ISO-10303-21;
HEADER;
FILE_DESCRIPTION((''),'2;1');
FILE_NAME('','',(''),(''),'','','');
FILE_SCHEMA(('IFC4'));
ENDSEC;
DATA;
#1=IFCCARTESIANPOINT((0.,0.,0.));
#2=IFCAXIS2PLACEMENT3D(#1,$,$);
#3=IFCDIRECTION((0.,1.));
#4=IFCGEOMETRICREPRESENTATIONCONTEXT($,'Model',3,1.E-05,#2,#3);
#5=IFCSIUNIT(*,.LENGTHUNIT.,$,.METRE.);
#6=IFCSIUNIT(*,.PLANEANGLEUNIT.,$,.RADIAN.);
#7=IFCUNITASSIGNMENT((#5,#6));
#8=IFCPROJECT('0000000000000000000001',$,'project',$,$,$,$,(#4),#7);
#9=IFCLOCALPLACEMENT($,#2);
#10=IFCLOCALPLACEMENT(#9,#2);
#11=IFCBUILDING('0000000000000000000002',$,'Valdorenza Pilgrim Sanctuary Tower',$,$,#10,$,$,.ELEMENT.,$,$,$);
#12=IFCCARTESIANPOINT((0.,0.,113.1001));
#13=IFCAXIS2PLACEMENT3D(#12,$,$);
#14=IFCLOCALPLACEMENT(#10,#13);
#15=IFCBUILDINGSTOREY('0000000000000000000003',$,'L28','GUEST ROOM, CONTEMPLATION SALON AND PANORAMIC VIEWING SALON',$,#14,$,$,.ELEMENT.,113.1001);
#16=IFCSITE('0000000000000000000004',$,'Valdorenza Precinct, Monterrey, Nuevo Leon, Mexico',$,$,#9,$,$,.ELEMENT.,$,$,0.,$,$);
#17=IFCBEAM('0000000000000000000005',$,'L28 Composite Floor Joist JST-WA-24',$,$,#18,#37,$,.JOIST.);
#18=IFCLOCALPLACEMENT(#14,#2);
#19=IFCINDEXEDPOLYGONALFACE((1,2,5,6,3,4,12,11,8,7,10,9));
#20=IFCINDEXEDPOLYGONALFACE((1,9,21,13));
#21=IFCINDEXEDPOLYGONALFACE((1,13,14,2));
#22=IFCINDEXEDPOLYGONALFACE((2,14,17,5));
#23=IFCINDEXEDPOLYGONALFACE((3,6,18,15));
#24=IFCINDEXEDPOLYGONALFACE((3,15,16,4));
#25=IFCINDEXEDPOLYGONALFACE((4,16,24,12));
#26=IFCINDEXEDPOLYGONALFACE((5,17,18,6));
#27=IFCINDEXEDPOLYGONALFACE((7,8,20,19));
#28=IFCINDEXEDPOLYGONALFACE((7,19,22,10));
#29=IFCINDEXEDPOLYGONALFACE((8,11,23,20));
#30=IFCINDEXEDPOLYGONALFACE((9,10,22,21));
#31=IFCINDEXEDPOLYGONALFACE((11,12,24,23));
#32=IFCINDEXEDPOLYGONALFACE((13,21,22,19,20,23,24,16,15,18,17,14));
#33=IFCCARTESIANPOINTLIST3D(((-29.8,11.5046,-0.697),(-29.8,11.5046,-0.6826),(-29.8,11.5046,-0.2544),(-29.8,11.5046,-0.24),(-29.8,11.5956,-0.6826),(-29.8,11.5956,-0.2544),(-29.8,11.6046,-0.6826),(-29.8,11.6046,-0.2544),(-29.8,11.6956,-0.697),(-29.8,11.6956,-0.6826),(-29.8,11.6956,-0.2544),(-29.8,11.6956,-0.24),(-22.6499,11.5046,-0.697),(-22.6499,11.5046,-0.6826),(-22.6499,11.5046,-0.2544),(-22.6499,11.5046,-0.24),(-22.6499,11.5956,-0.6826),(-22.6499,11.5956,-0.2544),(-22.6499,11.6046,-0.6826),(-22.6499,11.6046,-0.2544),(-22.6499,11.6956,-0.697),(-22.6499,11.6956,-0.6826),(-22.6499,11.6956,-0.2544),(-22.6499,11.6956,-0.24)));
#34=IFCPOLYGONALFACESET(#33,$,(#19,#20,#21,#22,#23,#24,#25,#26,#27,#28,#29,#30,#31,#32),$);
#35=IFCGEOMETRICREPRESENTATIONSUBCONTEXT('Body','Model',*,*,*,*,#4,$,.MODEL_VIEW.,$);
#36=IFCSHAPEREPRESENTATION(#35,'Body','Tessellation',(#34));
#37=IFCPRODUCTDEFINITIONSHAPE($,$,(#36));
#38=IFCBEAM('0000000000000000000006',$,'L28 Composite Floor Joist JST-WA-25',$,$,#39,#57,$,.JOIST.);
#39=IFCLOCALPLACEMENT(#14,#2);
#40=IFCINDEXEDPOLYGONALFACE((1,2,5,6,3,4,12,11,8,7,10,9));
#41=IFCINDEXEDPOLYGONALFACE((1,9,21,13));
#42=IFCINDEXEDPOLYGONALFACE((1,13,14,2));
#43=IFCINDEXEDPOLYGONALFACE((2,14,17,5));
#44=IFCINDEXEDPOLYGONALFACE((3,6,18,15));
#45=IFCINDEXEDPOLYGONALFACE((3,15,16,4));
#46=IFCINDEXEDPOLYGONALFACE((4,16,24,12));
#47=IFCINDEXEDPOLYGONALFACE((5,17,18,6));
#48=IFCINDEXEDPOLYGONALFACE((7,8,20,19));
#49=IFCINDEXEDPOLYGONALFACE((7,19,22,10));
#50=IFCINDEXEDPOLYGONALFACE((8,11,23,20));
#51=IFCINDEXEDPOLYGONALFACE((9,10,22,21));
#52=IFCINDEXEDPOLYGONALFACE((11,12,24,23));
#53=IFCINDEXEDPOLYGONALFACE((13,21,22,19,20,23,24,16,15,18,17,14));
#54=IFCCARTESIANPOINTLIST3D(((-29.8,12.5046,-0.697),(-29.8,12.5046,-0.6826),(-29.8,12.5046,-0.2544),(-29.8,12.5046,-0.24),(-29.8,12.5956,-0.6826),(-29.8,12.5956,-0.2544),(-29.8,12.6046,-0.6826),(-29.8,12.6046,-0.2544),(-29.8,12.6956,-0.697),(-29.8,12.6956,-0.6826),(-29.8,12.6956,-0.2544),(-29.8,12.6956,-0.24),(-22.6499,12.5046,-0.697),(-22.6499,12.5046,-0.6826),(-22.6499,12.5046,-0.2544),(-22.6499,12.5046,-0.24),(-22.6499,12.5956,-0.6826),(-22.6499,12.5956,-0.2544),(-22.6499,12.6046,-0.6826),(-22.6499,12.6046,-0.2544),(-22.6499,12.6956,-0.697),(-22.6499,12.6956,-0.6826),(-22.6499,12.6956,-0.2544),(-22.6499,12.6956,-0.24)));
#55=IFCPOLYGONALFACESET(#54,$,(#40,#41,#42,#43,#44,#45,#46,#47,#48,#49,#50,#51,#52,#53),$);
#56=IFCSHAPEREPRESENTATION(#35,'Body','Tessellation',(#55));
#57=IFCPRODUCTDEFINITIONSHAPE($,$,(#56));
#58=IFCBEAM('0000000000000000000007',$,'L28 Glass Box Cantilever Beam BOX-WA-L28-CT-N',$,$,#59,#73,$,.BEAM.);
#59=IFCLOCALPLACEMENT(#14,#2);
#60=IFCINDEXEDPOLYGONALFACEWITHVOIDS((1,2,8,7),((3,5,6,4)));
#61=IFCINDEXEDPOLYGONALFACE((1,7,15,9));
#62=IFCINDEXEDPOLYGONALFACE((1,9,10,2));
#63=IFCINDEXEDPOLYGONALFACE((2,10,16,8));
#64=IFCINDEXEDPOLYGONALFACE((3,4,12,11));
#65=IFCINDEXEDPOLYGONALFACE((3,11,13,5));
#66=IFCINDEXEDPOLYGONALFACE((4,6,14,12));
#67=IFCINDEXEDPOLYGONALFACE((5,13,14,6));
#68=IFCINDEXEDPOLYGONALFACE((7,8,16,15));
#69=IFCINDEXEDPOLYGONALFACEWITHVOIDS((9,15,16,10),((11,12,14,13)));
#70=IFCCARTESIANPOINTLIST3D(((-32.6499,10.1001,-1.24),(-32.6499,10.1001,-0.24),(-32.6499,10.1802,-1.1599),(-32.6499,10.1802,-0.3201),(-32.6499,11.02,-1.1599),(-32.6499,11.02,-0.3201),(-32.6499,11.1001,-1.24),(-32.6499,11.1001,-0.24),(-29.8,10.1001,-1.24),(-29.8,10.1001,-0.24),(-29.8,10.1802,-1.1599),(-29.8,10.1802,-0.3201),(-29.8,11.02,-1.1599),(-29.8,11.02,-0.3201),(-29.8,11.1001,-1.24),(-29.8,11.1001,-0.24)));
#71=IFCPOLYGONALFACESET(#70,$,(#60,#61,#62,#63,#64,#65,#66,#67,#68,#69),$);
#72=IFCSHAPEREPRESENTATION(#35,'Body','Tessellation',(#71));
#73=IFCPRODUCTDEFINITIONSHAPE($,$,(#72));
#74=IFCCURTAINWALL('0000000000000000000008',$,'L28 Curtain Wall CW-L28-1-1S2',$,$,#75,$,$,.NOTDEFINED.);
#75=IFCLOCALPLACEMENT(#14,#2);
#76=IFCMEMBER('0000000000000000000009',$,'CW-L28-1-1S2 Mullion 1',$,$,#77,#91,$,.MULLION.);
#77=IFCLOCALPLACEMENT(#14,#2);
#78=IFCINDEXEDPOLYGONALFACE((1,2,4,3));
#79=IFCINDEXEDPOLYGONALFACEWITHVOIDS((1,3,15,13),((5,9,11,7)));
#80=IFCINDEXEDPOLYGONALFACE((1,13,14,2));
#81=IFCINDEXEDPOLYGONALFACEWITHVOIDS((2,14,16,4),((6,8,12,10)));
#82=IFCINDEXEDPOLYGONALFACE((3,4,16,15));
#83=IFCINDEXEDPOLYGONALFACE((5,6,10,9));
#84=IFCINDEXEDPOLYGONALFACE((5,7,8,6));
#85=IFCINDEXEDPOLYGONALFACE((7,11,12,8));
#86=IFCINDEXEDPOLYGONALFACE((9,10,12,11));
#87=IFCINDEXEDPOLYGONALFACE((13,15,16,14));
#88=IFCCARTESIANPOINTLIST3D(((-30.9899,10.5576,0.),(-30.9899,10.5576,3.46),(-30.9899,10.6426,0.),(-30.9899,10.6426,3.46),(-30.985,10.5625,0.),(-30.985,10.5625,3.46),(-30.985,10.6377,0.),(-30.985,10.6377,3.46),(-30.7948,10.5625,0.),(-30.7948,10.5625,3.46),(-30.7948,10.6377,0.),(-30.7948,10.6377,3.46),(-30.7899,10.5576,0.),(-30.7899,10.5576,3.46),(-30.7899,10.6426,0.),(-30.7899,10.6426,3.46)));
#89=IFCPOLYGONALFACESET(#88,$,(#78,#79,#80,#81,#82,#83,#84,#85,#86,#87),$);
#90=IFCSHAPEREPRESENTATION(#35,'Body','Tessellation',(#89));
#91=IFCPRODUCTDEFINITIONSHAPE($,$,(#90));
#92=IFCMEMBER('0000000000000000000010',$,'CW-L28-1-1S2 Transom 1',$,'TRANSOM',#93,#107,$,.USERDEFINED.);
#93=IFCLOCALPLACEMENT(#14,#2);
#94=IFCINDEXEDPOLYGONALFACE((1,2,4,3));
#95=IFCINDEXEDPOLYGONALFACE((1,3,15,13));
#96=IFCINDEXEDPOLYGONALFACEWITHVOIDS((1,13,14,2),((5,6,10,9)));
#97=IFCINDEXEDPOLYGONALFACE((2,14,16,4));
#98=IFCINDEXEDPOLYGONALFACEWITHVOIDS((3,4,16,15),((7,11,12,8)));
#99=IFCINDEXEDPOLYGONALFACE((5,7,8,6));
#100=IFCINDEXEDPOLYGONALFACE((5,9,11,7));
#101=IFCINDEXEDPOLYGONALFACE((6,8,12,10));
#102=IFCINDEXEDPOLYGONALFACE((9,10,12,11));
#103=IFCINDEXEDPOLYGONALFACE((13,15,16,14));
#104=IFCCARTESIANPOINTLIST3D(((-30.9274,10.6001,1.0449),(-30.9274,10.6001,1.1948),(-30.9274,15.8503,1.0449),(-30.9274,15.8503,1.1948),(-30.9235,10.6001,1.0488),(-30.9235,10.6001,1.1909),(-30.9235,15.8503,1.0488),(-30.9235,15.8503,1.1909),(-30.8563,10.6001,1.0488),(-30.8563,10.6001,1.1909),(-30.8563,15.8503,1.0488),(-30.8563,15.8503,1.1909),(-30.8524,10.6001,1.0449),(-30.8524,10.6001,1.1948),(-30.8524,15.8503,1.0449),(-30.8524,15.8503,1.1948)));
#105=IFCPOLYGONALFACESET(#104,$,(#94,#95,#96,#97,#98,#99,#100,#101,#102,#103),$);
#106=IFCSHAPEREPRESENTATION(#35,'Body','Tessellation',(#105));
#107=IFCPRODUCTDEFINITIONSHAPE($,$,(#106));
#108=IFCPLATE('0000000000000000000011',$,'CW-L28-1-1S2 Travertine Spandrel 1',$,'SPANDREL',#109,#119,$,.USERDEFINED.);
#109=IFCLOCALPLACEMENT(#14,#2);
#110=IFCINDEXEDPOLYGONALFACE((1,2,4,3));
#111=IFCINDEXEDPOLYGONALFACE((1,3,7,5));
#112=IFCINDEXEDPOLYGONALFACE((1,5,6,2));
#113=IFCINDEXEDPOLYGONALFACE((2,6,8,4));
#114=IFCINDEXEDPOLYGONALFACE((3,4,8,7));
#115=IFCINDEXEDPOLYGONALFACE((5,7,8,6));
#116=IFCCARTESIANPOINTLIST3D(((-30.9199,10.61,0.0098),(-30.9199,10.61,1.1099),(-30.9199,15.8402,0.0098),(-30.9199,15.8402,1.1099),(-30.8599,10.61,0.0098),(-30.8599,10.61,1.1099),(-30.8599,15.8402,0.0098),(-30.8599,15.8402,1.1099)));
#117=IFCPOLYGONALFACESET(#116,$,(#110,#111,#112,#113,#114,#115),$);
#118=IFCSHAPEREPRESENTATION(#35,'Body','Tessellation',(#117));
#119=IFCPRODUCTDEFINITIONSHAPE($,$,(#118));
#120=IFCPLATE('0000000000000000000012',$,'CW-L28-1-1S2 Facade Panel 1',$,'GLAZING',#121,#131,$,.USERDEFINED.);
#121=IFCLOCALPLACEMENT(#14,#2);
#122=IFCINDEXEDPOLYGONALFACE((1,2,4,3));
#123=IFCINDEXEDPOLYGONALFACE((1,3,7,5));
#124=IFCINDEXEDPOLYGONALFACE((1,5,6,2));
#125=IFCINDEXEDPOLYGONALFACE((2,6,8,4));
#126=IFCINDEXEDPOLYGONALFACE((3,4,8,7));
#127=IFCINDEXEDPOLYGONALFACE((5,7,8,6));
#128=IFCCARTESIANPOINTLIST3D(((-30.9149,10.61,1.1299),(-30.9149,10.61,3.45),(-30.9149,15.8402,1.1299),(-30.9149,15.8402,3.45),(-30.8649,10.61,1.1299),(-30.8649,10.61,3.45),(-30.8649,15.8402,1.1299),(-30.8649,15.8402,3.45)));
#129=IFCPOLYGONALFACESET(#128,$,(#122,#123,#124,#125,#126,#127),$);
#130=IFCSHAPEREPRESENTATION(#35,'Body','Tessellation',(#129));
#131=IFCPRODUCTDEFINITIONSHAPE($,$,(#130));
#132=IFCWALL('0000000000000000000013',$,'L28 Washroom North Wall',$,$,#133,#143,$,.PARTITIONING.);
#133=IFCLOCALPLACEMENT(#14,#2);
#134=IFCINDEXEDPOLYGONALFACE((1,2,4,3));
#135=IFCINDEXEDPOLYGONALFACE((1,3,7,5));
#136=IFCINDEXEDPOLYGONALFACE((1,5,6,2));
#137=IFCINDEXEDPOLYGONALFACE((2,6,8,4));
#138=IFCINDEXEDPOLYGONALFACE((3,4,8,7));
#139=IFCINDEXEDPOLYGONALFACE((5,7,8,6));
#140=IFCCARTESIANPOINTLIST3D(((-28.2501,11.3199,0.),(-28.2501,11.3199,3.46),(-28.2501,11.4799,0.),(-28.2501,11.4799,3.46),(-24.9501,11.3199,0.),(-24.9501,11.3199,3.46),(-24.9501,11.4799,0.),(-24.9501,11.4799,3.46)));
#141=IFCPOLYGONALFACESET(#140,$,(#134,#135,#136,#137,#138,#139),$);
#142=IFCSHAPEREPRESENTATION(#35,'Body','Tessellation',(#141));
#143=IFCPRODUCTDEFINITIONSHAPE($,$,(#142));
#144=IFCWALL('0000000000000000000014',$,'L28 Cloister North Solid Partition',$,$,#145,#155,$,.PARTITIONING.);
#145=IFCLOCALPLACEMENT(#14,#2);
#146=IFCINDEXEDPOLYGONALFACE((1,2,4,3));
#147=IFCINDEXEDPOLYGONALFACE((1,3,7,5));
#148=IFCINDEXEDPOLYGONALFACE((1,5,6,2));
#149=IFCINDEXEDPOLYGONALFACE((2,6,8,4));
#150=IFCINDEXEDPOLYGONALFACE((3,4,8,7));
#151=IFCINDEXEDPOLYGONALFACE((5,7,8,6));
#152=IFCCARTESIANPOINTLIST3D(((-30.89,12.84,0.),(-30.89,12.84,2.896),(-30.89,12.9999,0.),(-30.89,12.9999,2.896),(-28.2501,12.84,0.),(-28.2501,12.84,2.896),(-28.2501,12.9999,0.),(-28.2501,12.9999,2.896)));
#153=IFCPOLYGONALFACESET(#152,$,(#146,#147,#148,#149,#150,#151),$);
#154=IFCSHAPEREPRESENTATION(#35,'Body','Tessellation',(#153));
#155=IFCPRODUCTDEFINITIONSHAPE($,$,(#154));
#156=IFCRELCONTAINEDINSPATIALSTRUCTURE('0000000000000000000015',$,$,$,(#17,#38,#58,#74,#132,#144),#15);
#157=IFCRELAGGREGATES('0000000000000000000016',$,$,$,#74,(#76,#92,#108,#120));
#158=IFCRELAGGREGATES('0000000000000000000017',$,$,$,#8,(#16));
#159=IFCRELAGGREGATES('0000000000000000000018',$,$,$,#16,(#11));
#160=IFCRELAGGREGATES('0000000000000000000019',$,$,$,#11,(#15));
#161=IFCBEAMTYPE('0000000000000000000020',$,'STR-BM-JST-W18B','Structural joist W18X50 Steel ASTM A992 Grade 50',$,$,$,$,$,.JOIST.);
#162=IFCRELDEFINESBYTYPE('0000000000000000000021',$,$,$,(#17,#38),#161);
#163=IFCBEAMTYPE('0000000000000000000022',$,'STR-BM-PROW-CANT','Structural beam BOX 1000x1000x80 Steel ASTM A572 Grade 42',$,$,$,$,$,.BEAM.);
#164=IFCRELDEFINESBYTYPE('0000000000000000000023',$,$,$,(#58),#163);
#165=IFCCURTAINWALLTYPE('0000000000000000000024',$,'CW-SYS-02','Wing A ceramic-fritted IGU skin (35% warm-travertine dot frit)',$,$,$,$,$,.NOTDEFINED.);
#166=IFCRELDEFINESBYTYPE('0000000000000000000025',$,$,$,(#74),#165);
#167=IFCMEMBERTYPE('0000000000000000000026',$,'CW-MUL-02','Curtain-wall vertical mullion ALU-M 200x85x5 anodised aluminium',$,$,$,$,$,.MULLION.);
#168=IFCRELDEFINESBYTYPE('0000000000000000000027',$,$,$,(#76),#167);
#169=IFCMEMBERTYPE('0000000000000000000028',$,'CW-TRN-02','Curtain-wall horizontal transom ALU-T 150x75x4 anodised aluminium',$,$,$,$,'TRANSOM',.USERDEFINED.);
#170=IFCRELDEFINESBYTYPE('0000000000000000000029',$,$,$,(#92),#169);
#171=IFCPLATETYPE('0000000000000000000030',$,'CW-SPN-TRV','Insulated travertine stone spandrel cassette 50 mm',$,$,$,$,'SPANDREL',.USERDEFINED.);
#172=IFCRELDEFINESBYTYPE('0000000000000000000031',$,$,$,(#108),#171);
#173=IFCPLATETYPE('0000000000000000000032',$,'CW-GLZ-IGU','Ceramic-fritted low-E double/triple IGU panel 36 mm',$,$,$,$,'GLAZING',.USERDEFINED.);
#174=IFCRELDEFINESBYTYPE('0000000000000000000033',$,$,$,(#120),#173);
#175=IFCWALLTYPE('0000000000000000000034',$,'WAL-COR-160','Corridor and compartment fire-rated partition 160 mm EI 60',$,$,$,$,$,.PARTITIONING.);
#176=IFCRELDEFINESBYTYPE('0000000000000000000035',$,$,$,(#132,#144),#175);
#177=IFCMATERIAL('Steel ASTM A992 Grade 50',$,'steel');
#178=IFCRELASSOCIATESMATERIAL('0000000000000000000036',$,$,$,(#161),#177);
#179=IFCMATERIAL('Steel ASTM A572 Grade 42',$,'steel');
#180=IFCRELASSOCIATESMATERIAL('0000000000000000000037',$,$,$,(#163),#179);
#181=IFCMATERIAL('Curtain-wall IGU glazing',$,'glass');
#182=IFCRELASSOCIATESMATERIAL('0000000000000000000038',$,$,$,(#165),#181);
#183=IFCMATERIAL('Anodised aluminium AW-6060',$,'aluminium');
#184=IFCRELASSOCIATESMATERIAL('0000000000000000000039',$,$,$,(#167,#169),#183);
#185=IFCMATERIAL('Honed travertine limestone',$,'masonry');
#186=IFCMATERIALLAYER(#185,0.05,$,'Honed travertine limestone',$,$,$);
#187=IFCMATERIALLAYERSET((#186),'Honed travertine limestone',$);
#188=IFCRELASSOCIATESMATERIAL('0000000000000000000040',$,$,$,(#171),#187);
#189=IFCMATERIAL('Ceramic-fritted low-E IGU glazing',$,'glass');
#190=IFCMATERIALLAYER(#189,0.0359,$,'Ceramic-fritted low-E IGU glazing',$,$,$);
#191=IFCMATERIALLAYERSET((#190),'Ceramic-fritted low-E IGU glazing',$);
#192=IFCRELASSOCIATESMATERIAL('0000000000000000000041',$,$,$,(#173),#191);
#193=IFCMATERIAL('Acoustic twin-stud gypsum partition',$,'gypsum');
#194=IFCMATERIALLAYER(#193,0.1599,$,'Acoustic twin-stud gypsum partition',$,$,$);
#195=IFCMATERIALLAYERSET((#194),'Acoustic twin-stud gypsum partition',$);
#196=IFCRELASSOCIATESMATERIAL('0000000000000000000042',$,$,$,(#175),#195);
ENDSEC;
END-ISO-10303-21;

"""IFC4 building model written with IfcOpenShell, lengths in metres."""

from ifc_helpers import new_model, si_unit, direction, frame, frame_2d, origin, origin_2d, place, context, subcontext, project, spatial, rectangle, hollow_rectangle, i_section, extrude, source, transform, mapped, material, layer, layer_set, material_profile, profile_set, type_object, element, aggregate, save


model = new_model("IFC4")

# Units and contexts
model_context = context("Model", 3, precision=1e-05, world=origin(), true_north=direction((0.0, 1.0)))
body_context = subcontext(model_context, "Body", "Model", "MODEL_VIEW")
ifc_project = project(units=[si_unit("LENGTHUNIT", "METRE"), si_unit("PLANEANGLEUNIT", "RADIAN")], contexts=[model_context])

# Site, building, storey
site_placement = place(None, origin())
site = spatial("IfcSite", under=ifc_project, at=site_placement, Name="Valdorenza Precinct, Monterrey, Nuevo Leon, Mexico", CompositionType="ELEMENT", RefElevation=0.0)
building_placement = place(site_placement, origin())
building = spatial("IfcBuilding", under=site, at=building_placement, Name="Valdorenza Pilgrim Sanctuary Tower", CompositionType="ELEMENT")
storey_placement = place(building_placement, frame((0.0, 0.0, 113.1001)))
storey = spatial("IfcBuildingStorey", under=building, at=storey_placement, Name="L28", Description="GUEST ROOM, CONTEMPLATION SALON AND PANORAMIC VIEWING SALON", CompositionType="ELEMENT", Elevation=113.1001)

# Beams
ifc_material_1 = material(Name="Steel ASTM A992 Grade 50", Category="steel")
ifc_material_profile_1 = material_profile(ifc_material_1, i_section(OverallWidth=0.1909, OverallDepth=0.457, WebThickness=0.009, FlangeThickness=0.0144, at=origin_2d()), Name="W18X50")
ifc_profile_set_1 = profile_set([ifc_material_profile_1], Name="Steel ASTM A992 Grade 50")
beam_type_1 = type_object("IfcBeamType", Name="STR-BM-JST-W18B", Description="Structural joist W18X50 Steel ASTM A992 Grade 50", PredefinedType="JOIST", material=ifc_profile_set_1)
shared_shape_1 = source(origin(), body_context, "Body", "SweptSolid", [
    extrude(i_section(OverallWidth=0.1909, OverallDepth=0.457, WebThickness=0.009, FlangeThickness=0.0144, at=origin_2d()), origin(), (0.0, 0.0, 1.0), 7.1501),
])
for number, where, z_axis, x_axis, name in (
    (1, (-29.8, 11.6001, -0.4685), (1.0, 0.0, 0.0), (0.0, 1.0, 0.0), "L28 Composite Floor Joist JST-WA-24"),
    (2, (-29.8, 12.6001, -0.4685), (1.0, 0.0, 0.0), (0.0, 1.0, 0.0), "L28 Composite Floor Joist JST-WA-25"),
):
    element("IfcBeam", number, at=place(storey_placement, frame(where, z_axis=z_axis, x_axis=x_axis)), inside=storey, type_object=beam_type_1, Name=name, PredefinedType="JOIST", context=body_context, shape_type="MappedRepresentation", body=[
        mapped(shared_shape_1, transform((0.0, 0.0, 0.0), x_axis=(1.0, 0.0, 0.0), y_axis=(0.0, 1.0, 0.0), z_axis=(0.0, 0.0, 1.0), scale=1.0)),
    ])
ifc_material_2 = material(Name="Steel ASTM A572 Grade 42", Category="steel")
ifc_material_profile_2 = material_profile(ifc_material_2, hollow_rectangle(XDim=1.0, YDim=1.0, WallThickness=0.0801, at=origin_2d()), Name="BOX 1000x1000x80")
ifc_profile_set_2 = profile_set([ifc_material_profile_2], Name="Steel ASTM A572 Grade 42")
beam_type_2 = type_object("IfcBeamType", Name="STR-BM-PROW-CANT", Description="Structural beam BOX 1000x1000x80 Steel ASTM A572 Grade 42", PredefinedType="BEAM", material=ifc_profile_set_2)
shared_shape_2 = source(origin(), body_context, "Body", "SweptSolid", [
    extrude(hollow_rectangle(XDim=1.0, YDim=1.0, WallThickness=0.0801, at=origin_2d()), origin(), (0.0, 0.0, 1.0), 2.8499),
])
beam_1_placement = place(storey_placement, frame((-29.8, 10.6001, -0.74), z_axis=(-1.0, 0.0, 0.0), x_axis=(0.0, -1.0, 0.0)))
element("IfcBeam", 3, at=beam_1_placement, inside=storey, type_object=beam_type_2, Name="L28 Glass Box Cantilever Beam BOX-WA-L28-CT-N", PredefinedType="BEAM", context=body_context, shape_type="MappedRepresentation", body=[
    mapped(shared_shape_2, transform((0.0, 0.0, 0.0), x_axis=(1.0, 0.0, 0.0), y_axis=(0.0, 1.0, 0.0), z_axis=(0.0, 0.0, 1.0), scale=1.0)),
])

# Curtain wall, members, plates
ifc_material_3 = material(Name="Curtain-wall IGU glazing", Category="glass")
curtain_wall_type = type_object("IfcCurtainWallType", Name="CW-SYS-02", Description="Wing A ceramic-fritted IGU skin (35% warm-travertine dot frit)", PredefinedType="NOTDEFINED", material=ifc_material_3)
curtain_wall_placement = place(storey_placement, origin())
curtain_wall = element("IfcCurtainWall", 4, at=curtain_wall_placement, inside=storey, type_object=curtain_wall_type, Name="L28 Curtain Wall CW-L28-1-1S2", PredefinedType="NOTDEFINED")
ifc_material_4 = material(Name="Anodised aluminium AW-6060", Category="aluminium")
ifc_material_profile_3 = material_profile(ifc_material_4, hollow_rectangle(XDim=0.085, YDim=0.2, WallThickness=0.0049, at=origin_2d()), Name="ALU-M 200x85x5")
ifc_profile_set_3 = profile_set([ifc_material_profile_3], Name="Anodised aluminium AW-6060")
member_type_1 = type_object("IfcMemberType", Name="CW-MUL-02", Description="Curtain-wall vertical mullion ALU-M 200x85x5 anodised aluminium", PredefinedType="MULLION", material=ifc_profile_set_3)
shared_shape_3 = source(origin(), body_context, "Body", "SweptSolid", [
    extrude(hollow_rectangle(XDim=0.085, YDim=0.2, WallThickness=0.0049, at=origin_2d()), origin(), (0.0, 0.0, 1.0), 3.46),
])
member_1_placement = place(storey_placement, frame((-30.8899, 10.6001, 0.0), z_axis=(0.0, 0.0, 1.0), x_axis=(0.0, 1.0, 0.0)))
member_1 = element("IfcMember", 5, at=member_1_placement, type_object=member_type_1, Name="CW-L28-1-1S2 Mullion 1", PredefinedType="MULLION", context=body_context, shape_type="MappedRepresentation", body=[
    mapped(shared_shape_3, transform((0.0, 0.0, 0.0), x_axis=(1.0, 0.0, 0.0), y_axis=(0.0, 1.0, 0.0), z_axis=(0.0, 0.0, 1.0), scale=1.0)),
])
ifc_material_profile_4 = material_profile(ifc_material_4, hollow_rectangle(XDim=0.075, YDim=0.1499, WallThickness=0.0039, at=origin_2d()), Name="ALU-T 150x75x4")
ifc_profile_set_4 = profile_set([ifc_material_profile_4], Name="Anodised aluminium AW-6060")
member_type_2 = type_object("IfcMemberType", Name="CW-TRN-02", Description="Curtain-wall horizontal transom ALU-T 150x75x4 anodised aluminium", ElementType="TRANSOM", PredefinedType="USERDEFINED", material=ifc_profile_set_4)
shared_shape_4 = source(origin(), body_context, "Body", "SweptSolid", [
    extrude(hollow_rectangle(XDim=0.075, YDim=0.1499, WallThickness=0.0039, at=origin_2d()), origin(), (0.0, 0.0, 1.0), 5.2502),
])
member_2_placement = place(storey_placement, frame((-30.8899, 10.6001, 1.1199), z_axis=(0.0, 1.0, 0.0), x_axis=(-1.0, 0.0, 0.0)))
member_2 = element("IfcMember", 6, at=member_2_placement, type_object=member_type_2, Name="CW-L28-1-1S2 Transom 1", ObjectType="TRANSOM", PredefinedType="USERDEFINED", context=body_context, shape_type="MappedRepresentation", body=[
    mapped(shared_shape_4, transform((0.0, 0.0, 0.0), x_axis=(1.0, 0.0, 0.0), y_axis=(0.0, 1.0, 0.0), z_axis=(0.0, 0.0, 1.0), scale=1.0)),
])
ifc_material_5 = material(Name="Honed travertine limestone", Category="masonry")
ifc_layer_1 = layer(ifc_material_5, 0.05, Name="Honed travertine limestone")
ifc_layer_set_1 = layer_set([ifc_layer_1], Name="Honed travertine limestone")
plate_type_1 = type_object("IfcPlateType", Name="CW-SPN-TRV", Description="Insulated travertine stone spandrel cassette 50 mm", ElementType="SPANDREL", PredefinedType="USERDEFINED", material=ifc_layer_set_1)
shared_shape_5 = source(origin(), body_context, "Body", "SweptSolid", [
    extrude(rectangle(XDim=5.2302, YDim=0.0601, at=origin_2d()), origin(), (0.0, 0.0, 1.0), 1.1001),
])
plate_1_placement = place(storey_placement, frame((-30.8899, 13.2251, 0.0098), z_axis=(0.0, 0.0, 1.0), x_axis=(0.0, 1.0, 0.0)))
plate_1 = element("IfcPlate", 7, at=plate_1_placement, type_object=plate_type_1, Name="CW-L28-1-1S2 Travertine Spandrel 1", ObjectType="SPANDREL", PredefinedType="USERDEFINED", context=body_context, shape_type="MappedRepresentation", body=[
    mapped(shared_shape_5, transform((0.0, 0.0, 0.0), x_axis=(1.0, 0.0, 0.0), y_axis=(0.0, 1.0, 0.0), z_axis=(0.0, 0.0, 1.0), scale=1.0)),
])
ifc_material_6 = material(Name="Ceramic-fritted low-E IGU glazing", Category="glass")
ifc_layer_2 = layer(ifc_material_6, 0.0359, Name="Ceramic-fritted low-E IGU glazing")
ifc_layer_set_2 = layer_set([ifc_layer_2], Name="Ceramic-fritted low-E IGU glazing")
plate_type_2 = type_object("IfcPlateType", Name="CW-GLZ-IGU", Description="Ceramic-fritted low-E double/triple IGU panel 36 mm", ElementType="GLAZING", PredefinedType="USERDEFINED", material=ifc_layer_set_2)
shared_shape_6 = source(origin(), body_context, "Body", "SweptSolid", [
    extrude(rectangle(XDim=5.2302, YDim=0.05, at=origin_2d()), origin(), (0.0, 0.0, 1.0), 2.3201),
])
plate_2_placement = place(storey_placement, frame((-30.8899, 13.2251, 1.1299), z_axis=(0.0, 0.0, 1.0), x_axis=(0.0, 1.0, 0.0)))
plate_2 = element("IfcPlate", 8, at=plate_2_placement, type_object=plate_type_2, Name="CW-L28-1-1S2 Facade Panel 1", ObjectType="GLAZING", PredefinedType="USERDEFINED", context=body_context, shape_type="MappedRepresentation", body=[
    mapped(shared_shape_6, transform((0.0, 0.0, 0.0), x_axis=(1.0, 0.0, 0.0), y_axis=(0.0, 1.0, 0.0), z_axis=(0.0, 0.0, 1.0), scale=1.0)),
])
aggregate(curtain_wall, [member_1, member_2, plate_1, plate_2])

# Walls
ifc_material_7 = material(Name="Acoustic twin-stud gypsum partition", Category="gypsum")
ifc_layer_3 = layer(ifc_material_7, 0.1599, Name="Acoustic twin-stud gypsum partition")
ifc_layer_set_3 = layer_set([ifc_layer_3], Name="Acoustic twin-stud gypsum partition")
wall_type = type_object("IfcWallType", Name="WAL-COR-160", Description="Corridor and compartment fire-rated partition 160 mm EI 60", PredefinedType="PARTITIONING", material=ifc_layer_set_3)
wall_1_placement = place(storey_placement, frame((-28.25, 11.3999, 0.0), z_axis=(0.0, 0.0, 1.0), x_axis=(1.0, 0.0, 0.0)))
element("IfcWall", 9, at=wall_1_placement, inside=storey, type_object=wall_type, Name="L28 Washroom North Wall", PredefinedType="PARTITIONING", context=body_context, shape_type="SweptSolid", body=[
    extrude(rectangle(XDim=3.3, YDim=0.1599, at=frame_2d((1.6499, 0.0))), origin(), (0.0, 0.0, 1.0), 3.46),
])
wall_2_placement = place(storey_placement, frame((-30.8899, 12.9199, 0.0), z_axis=(0.0, 0.0, 1.0), x_axis=(1.0, 0.0, 0.0)))
element("IfcWall", 10, at=wall_2_placement, inside=storey, type_object=wall_type, Name="L28 Cloister North Solid Partition", PredefinedType="PARTITIONING", context=body_context, shape_type="SweptSolid", body=[
    extrude(rectangle(XDim=2.6399, YDim=0.1599, at=frame_2d((1.3198, 0.0))), origin(), (0.0, 0.0, 1.0), 2.896),
])

save(model, "model.ifc")
